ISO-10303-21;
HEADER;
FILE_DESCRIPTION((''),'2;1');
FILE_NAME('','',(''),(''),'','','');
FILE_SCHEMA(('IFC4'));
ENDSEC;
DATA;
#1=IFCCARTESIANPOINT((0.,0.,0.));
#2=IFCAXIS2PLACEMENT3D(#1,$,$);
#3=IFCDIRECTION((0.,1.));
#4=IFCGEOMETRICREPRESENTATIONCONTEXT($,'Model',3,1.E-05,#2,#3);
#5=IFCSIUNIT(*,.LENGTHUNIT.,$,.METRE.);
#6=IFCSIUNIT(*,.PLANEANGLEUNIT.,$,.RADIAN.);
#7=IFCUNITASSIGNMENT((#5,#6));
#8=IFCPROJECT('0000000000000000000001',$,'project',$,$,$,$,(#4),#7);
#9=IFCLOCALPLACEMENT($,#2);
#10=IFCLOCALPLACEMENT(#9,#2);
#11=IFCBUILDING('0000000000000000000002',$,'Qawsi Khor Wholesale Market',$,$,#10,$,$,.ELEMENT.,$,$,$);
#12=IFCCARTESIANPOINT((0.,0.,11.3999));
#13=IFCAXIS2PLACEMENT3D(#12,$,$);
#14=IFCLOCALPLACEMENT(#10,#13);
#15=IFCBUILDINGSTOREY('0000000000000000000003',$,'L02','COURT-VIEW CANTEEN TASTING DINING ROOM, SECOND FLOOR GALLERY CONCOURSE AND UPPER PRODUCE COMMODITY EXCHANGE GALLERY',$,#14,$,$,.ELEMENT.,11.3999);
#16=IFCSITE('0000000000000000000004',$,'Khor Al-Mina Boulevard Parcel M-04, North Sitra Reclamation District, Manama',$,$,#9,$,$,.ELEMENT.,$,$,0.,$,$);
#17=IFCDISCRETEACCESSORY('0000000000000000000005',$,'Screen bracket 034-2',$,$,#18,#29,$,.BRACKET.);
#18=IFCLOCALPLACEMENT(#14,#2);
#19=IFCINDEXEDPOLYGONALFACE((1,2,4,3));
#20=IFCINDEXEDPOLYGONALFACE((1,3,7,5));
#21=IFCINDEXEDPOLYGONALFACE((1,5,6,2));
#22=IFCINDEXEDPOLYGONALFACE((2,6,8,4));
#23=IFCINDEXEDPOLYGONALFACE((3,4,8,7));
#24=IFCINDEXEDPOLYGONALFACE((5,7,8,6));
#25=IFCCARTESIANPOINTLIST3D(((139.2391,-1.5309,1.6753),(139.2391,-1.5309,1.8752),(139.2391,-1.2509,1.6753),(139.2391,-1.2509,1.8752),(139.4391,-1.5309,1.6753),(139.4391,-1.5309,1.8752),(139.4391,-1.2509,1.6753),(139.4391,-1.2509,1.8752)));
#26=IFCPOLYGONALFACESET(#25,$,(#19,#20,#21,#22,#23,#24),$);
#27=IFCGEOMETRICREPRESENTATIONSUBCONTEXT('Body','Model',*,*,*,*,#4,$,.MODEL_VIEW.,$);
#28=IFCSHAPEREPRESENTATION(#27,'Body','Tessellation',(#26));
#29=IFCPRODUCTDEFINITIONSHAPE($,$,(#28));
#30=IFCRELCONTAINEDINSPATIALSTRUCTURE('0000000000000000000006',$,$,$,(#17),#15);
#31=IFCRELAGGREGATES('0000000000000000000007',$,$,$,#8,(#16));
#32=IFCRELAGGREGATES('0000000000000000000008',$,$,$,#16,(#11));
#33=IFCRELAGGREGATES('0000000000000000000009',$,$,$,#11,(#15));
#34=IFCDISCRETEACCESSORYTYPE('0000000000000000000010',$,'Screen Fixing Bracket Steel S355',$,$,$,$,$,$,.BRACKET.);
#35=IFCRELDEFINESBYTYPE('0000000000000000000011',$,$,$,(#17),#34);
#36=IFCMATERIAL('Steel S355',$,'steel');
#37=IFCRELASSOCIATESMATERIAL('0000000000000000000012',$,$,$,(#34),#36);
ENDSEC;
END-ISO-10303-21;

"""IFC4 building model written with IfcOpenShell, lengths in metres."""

from ifc_helpers import new_model, si_unit, direction, frame, origin, origin_2d, place, context, subcontext, project, spatial, rectangle, extrude, material, type_object, element, save


model = new_model("IFC4")

# Units and contexts
model_context = context("Model", 3, precision=1e-05, world=origin(), true_north=direction((0.0, 1.0)))
body_context = subcontext(model_context, "Body", "Model", "MODEL_VIEW")
ifc_project = project(units=[si_unit("LENGTHUNIT", "METRE"), si_unit("PLANEANGLEUNIT", "RADIAN")], contexts=[model_context])

# Site, building, storey
site_placement = place(None, origin())
site = spatial("IfcSite", under=ifc_project, at=site_placement, Name="Khor Al-Mina Boulevard Parcel M-04, North Sitra Reclamation District, Manama", CompositionType="ELEMENT", RefElevation=0.0)
building_placement = place(site_placement, origin())
building = spatial("IfcBuilding", under=site, at=building_placement, Name="Qawsi Khor Wholesale Market", CompositionType="ELEMENT")
storey_placement = place(building_placement, frame((0.0, 0.0, 11.3999)))
storey = spatial("IfcBuildingStorey", under=building, at=storey_placement, Name="L02", Description="COURT-VIEW CANTEEN TASTING DINING ROOM, SECOND FLOOR GALLERY CONCOURSE AND UPPER PRODUCE COMMODITY EXCHANGE GALLERY", CompositionType="ELEMENT", Elevation=11.3999)

# Shared definitions
ifc_material_1 = material(Name="Steel S355", Category="steel")

# Discrete accessory
discrete_accessory_type = type_object("IfcDiscreteAccessoryType", Name="Screen Fixing Bracket Steel S355", PredefinedType="BRACKET", material=ifc_material_1)
for number, where, z_axis, x_axis, name in (
    (1, (139.3391, -1.3909, 1.6753), (0.0, 0.0, 1.0), (1.0, 0.0, 0.0), "Screen bracket 034-2"),
):
    element("IfcDiscreteAccessory", number, at=place(storey_placement, frame(where, z_axis=z_axis, x_axis=x_axis)), inside=storey, type_object=discrete_accessory_type, Name=name, PredefinedType="BRACKET", context=body_context, shape_type="SweptSolid", body=[
        extrude(rectangle(XDim=0.2, YDim=0.28, at=origin_2d()), origin(), (0.0, 0.0, 1.0), 0.2),
    ])

save(model, "model.ifc")
